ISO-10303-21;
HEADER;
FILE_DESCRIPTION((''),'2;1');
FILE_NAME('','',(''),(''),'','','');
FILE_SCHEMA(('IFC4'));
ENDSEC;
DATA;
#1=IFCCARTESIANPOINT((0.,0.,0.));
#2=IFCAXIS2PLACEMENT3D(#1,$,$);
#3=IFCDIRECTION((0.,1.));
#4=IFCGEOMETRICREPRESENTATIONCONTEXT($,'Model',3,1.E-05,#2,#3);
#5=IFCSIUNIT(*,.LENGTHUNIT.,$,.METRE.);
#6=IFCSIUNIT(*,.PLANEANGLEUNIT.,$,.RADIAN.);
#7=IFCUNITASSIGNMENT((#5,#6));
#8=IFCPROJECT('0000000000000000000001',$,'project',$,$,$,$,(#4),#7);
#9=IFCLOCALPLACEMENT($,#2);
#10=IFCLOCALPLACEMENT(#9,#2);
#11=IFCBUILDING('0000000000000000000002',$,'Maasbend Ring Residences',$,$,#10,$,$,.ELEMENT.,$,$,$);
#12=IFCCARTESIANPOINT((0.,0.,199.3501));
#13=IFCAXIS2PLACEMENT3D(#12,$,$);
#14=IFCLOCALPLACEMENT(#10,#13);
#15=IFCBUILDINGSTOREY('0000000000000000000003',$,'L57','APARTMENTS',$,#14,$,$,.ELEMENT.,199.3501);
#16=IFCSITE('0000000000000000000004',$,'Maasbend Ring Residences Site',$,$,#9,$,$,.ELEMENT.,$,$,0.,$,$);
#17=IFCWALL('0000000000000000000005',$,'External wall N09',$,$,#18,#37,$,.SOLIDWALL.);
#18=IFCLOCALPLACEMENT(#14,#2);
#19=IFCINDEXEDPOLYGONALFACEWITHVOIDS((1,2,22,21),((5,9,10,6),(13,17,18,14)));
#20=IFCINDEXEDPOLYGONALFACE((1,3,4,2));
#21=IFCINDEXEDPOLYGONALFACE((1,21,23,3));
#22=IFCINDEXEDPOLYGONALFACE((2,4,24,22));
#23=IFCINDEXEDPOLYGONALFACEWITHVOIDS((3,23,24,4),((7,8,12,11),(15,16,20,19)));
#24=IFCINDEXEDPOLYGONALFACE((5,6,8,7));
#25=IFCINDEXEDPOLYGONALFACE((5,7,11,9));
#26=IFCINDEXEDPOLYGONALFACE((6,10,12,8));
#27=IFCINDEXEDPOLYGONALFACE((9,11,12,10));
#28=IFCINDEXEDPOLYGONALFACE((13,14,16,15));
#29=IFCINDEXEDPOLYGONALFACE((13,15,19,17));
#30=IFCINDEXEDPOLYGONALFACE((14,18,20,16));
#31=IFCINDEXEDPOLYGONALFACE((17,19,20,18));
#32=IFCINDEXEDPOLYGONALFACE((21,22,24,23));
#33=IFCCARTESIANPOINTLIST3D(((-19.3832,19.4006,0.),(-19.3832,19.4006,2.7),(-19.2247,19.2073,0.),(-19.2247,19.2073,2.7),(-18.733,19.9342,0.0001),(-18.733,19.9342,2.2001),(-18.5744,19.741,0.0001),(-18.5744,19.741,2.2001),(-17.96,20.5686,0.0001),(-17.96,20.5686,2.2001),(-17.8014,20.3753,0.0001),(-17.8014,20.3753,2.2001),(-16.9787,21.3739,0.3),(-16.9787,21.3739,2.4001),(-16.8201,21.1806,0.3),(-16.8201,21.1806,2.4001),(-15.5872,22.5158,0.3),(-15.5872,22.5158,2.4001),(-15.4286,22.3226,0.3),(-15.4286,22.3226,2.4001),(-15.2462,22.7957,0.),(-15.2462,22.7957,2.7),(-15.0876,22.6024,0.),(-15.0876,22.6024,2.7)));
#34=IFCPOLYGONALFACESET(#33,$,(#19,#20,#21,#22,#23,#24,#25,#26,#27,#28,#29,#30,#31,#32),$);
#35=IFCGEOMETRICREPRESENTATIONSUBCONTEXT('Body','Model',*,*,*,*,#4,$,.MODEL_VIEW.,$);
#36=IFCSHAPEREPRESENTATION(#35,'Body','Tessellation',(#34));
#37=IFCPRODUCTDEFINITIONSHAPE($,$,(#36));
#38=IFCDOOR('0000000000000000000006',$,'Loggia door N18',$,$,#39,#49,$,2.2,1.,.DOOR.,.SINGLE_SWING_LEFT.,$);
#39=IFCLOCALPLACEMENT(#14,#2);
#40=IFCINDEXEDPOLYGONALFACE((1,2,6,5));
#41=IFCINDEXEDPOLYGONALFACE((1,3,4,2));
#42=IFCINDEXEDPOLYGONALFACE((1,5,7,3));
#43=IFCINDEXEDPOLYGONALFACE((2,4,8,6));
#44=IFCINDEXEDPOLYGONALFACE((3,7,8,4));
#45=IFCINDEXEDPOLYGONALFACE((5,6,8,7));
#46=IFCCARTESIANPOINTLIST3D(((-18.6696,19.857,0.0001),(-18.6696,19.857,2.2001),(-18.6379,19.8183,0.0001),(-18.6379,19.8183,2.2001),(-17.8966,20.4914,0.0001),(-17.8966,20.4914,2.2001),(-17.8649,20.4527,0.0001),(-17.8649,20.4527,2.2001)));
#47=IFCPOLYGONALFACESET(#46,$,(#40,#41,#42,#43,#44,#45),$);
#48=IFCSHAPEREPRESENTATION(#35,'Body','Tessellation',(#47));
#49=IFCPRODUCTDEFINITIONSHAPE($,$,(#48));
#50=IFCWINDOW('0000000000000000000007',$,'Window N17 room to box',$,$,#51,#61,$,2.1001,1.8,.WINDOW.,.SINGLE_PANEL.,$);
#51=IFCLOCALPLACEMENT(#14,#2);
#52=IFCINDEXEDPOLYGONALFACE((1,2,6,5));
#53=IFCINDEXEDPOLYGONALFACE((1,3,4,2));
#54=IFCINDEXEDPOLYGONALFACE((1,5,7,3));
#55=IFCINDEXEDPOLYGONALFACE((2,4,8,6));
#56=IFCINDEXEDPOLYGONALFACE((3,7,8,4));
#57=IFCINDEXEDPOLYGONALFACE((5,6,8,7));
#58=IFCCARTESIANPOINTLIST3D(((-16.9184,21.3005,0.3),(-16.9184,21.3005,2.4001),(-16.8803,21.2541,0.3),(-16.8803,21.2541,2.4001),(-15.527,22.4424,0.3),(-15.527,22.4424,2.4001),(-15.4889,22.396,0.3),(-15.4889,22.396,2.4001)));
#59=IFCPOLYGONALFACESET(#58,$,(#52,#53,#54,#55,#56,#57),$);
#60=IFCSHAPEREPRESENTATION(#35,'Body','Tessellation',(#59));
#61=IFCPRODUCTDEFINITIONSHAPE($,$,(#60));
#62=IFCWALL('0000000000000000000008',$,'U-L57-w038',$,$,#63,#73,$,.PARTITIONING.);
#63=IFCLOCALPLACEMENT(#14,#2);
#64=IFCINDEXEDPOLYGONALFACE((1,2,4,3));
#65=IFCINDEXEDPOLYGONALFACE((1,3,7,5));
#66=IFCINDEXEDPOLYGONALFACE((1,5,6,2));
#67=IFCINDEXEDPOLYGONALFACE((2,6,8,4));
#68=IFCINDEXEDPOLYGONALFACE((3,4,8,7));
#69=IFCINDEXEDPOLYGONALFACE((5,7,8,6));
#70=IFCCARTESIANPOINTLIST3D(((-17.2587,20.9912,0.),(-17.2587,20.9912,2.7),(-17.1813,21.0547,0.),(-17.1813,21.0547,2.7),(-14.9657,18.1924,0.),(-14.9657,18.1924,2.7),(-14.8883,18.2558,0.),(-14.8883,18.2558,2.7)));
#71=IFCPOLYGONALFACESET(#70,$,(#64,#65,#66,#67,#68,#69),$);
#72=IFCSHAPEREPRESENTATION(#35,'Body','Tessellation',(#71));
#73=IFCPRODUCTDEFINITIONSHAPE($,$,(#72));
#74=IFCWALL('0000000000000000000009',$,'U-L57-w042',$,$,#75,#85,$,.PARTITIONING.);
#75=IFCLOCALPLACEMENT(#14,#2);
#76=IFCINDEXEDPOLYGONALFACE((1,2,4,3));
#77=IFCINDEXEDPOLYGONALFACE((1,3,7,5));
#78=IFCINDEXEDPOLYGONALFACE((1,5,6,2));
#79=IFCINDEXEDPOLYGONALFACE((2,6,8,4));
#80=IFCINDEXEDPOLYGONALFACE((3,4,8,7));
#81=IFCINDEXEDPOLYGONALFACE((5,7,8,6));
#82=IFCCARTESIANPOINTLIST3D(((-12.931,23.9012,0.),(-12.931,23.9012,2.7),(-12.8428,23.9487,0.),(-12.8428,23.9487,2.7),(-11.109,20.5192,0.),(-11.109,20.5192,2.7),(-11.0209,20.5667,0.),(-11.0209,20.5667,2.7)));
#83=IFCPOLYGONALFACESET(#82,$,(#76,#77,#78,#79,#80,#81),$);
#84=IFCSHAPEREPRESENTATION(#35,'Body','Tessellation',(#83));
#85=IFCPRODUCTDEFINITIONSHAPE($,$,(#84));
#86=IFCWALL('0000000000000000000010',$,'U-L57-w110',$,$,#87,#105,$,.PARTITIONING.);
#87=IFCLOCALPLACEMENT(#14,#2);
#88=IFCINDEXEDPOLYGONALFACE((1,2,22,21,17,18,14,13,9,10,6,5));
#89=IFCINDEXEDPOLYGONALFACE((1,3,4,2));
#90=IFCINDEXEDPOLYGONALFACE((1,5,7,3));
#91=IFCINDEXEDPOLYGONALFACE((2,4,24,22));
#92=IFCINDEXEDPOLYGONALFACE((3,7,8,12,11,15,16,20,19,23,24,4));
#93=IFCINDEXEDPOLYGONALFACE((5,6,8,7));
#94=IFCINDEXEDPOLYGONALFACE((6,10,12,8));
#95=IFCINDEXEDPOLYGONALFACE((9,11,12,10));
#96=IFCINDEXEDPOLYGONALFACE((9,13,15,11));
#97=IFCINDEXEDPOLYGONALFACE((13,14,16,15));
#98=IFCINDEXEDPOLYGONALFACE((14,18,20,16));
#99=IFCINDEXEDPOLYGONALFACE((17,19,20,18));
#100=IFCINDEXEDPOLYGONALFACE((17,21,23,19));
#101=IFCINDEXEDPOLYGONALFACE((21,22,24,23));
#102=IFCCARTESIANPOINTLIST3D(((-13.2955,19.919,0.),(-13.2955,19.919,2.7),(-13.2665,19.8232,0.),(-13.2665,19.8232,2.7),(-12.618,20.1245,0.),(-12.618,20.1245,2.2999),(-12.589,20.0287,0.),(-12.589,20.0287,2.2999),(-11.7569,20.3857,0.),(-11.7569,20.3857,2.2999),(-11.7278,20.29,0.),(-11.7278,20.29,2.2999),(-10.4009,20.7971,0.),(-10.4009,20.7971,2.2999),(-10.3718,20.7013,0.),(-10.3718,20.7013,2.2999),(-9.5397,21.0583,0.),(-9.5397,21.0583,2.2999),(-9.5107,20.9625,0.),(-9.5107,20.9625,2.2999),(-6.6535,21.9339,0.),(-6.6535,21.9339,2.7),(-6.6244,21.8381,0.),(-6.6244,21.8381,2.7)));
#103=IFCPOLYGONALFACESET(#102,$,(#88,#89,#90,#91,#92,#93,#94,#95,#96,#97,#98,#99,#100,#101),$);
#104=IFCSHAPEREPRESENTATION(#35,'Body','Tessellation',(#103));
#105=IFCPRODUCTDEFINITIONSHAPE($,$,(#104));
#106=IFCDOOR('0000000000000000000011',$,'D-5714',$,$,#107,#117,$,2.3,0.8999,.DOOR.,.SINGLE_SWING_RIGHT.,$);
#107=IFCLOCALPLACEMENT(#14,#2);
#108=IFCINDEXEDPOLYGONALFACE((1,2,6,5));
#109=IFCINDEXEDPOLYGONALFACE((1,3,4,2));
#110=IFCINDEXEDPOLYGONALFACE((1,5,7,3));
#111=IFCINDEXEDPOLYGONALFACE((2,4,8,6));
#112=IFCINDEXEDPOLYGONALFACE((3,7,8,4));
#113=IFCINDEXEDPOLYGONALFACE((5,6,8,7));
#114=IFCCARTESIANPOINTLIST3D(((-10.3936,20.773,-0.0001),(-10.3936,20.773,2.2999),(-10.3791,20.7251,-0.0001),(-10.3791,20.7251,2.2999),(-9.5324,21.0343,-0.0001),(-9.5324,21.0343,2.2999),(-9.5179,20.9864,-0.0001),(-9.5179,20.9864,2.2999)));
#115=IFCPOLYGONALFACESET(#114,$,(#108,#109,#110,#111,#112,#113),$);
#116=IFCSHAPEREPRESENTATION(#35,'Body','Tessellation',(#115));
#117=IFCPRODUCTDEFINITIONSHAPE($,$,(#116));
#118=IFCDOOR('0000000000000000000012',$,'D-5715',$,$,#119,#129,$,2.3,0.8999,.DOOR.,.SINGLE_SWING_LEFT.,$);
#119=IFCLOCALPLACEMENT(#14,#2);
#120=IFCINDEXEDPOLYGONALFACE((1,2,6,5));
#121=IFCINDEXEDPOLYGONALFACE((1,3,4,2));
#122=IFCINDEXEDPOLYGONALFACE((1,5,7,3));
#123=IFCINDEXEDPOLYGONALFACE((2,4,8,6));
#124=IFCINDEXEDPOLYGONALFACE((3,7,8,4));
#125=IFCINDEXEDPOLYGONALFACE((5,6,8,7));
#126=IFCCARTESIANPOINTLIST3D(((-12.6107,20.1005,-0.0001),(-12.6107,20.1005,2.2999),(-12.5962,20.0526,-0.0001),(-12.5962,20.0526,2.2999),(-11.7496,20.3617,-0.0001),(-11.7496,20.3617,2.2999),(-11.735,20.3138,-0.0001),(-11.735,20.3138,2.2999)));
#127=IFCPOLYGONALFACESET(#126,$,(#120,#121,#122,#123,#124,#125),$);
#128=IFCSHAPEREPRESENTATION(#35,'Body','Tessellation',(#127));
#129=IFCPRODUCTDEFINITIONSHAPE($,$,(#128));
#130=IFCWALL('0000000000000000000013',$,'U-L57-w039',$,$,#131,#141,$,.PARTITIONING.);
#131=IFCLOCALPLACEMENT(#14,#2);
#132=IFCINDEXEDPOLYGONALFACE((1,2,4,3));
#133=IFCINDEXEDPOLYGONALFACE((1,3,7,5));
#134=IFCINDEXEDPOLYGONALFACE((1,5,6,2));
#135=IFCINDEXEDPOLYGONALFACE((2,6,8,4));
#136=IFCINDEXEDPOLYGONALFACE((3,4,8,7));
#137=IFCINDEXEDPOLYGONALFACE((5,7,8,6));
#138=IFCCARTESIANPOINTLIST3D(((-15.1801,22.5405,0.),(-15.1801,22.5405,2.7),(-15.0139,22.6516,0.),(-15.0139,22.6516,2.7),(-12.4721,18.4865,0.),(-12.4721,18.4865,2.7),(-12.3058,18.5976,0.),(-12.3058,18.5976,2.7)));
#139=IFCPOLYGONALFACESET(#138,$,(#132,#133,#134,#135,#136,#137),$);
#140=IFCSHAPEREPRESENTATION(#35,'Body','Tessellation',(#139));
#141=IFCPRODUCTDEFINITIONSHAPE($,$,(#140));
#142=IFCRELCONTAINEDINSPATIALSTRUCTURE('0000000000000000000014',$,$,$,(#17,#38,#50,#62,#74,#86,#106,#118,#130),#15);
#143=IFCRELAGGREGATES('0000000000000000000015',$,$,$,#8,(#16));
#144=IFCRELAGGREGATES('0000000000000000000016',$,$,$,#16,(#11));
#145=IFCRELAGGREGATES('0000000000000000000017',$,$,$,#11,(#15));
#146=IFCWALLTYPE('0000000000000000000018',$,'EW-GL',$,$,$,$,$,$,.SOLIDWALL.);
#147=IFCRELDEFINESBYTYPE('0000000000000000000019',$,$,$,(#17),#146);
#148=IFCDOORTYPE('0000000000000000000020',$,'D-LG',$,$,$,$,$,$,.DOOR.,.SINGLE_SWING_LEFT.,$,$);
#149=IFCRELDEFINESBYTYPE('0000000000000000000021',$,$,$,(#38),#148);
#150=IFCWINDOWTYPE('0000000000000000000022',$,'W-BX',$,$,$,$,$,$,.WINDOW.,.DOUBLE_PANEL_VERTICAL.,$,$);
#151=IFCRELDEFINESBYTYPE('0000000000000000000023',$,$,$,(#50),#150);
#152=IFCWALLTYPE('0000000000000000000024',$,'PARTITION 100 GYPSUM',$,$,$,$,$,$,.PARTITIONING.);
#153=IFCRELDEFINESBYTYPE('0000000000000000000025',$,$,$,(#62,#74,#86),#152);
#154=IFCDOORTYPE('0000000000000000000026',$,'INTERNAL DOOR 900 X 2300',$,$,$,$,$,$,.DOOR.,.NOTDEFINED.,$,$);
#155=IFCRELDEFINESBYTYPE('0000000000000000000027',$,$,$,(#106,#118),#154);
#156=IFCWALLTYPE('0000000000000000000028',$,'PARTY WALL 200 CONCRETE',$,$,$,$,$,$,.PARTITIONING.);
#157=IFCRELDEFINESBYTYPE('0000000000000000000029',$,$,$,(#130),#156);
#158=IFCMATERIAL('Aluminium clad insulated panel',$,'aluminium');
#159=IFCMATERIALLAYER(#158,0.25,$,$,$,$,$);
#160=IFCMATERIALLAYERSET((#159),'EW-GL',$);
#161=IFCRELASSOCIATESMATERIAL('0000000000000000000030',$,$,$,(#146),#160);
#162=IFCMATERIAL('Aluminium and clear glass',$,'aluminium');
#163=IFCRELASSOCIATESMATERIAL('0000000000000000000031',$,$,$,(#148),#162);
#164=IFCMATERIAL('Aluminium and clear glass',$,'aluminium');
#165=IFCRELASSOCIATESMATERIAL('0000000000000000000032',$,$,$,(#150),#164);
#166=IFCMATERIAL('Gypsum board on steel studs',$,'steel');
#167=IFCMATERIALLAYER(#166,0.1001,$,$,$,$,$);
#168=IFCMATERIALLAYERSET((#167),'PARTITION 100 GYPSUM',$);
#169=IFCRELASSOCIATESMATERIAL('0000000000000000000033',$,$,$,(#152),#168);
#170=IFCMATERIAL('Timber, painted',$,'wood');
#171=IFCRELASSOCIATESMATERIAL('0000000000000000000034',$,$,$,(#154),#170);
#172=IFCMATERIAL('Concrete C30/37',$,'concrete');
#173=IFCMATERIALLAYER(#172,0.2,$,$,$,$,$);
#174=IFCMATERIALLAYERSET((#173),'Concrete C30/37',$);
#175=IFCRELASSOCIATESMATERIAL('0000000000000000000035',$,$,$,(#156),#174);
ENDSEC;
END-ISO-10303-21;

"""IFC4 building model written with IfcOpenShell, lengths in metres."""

from ifc_helpers import new_model, si_unit, direction, frame, frame_2d, origin, place, context, subcontext, project, spatial, rectangle, extrude, material, layer, layer_set, type_object, element, fill, save


model = new_model("IFC4")

# Units and contexts
model_context = context("Model", 3, precision=1e-05, world=origin(), true_north=direction((0.0, 1.0)))
body_context = subcontext(model_context, "Body", "Model", "MODEL_VIEW")
ifc_project = project(units=[si_unit("LENGTHUNIT", "METRE"), si_unit("PLANEANGLEUNIT", "RADIAN")], contexts=[model_context])

# Site, building, storey
site_placement = place(None, origin())
site = spatial("IfcSite", under=ifc_project, at=site_placement, Name="Maasbend Ring Residences Site", CompositionType="ELEMENT", RefElevation=0.0)
building_placement = place(site_placement, origin())
building = spatial("IfcBuilding", under=site, at=building_placement, Name="Maasbend Ring Residences", CompositionType="ELEMENT")
storey_placement = place(building_placement, frame((0.0, 0.0, 199.3501)))
storey = spatial("IfcBuildingStorey", under=building, at=storey_placement, Name="L57", Description="APARTMENTS", CompositionType="ELEMENT", Elevation=199.3501)

# Wall, openings, door, window
ifc_material_1 = material(Name="Aluminium clad insulated panel", Category="aluminium")
ifc_layer_1 = layer(ifc_material_1, 0.25)
ifc_layer_set_1 = layer_set([ifc_layer_1], Name="EW-GL")
wall_type_1 = type_object("IfcWallType", Name="EW-GL", PredefinedType="SOLIDWALL", material=ifc_layer_set_1)
wall_1_placement = place(storey_placement, frame((-15.167, 22.699, 0.0), z_axis=(0.0, 0.0, 1.0), x_axis=(-0.773019, -0.634382, 0.0)))
wall_1 = element("IfcWall", 1, at=wall_1_placement, inside=storey, type_object=wall_type_1, Name="External wall N09", PredefinedType="SOLIDWALL", context=body_context, shape_type="SweptSolid", body=[
    extrude(rectangle(XDim=5.3518, YDim=0.25, at=frame_2d((2.6758, 0.0))), origin(), (0.0, 0.0, 1.0), 2.7),
])
opening_1_placement = place(wall_1_placement, frame((0.4412, 0.0, 0.3)))
opening_1 = element("IfcOpeningElement", 2, at=opening_1_placement, cuts=wall_1, PredefinedType="OPENING", context=body_context, shape_type="SweptSolid", body=[
    extrude(rectangle(XDim=1.8, YDim=2.1001, at=frame_2d((0.8999, 1.05))), frame((0.0, 0.135, 0.0), z_axis=(0.0, -1.0, 0.0), x_axis=(1.0, 0.0, 0.0)), (0.0, 0.0, 1.0), 0.27),
])
opening_2_placement = place(wall_1_placement, frame((3.5105, 0.0, 0.0)))
opening_2 = element("IfcOpeningElement", 3, at=opening_2_placement, cuts=wall_1, PredefinedType="OPENING", context=body_context, shape_type="SweptSolid", body=[
    extrude(rectangle(XDim=1.0, YDim=2.2, at=frame_2d((0.5, 1.1001))), frame((0.0, 0.135, 0.0), z_axis=(0.0, -1.0, 0.0), x_axis=(1.0, 0.0, 0.0)), (0.0, 0.0, 1.0), 0.27),
])
ifc_material_2 = material(Name="Aluminium and clear glass", Category="aluminium")
door_type_1 = type_object("IfcDoorType", Name="D-LG", OperationType="SINGLE_SWING_LEFT", PredefinedType="DOOR", material=ifc_material_2)
door_1_placement = place(opening_2_placement, origin())
door_1 = element("IfcDoor", 4, at=door_1_placement, inside=storey, type_object=door_type_1, Name="Loggia door N18", OperationType="SINGLE_SWING_LEFT", OverallHeight=2.2, OverallWidth=1.0, PredefinedType="DOOR", context=body_context, shape_type="SweptSolid", body=[
    extrude(rectangle(XDim=1.0, YDim=2.2, at=frame_2d((0.5, 1.1001))), frame((0.0, 0.0249, 0.0), z_axis=(0.0, -1.0, 0.0), x_axis=(1.0, 0.0, 0.0)), (0.0, 0.0, 1.0), 0.05),
])
fill(opening_2, door_1)
ifc_material_3 = material(Name="Aluminium and clear glass", Category="aluminium")
window_type_1 = type_object("IfcWindowType", Name="W-BX", PartitioningType="DOUBLE_PANEL_VERTICAL", PredefinedType="WINDOW", material=ifc_material_3)
window_1_placement = place(opening_1_placement, origin())
window_1 = element("IfcWindow", 5, at=window_1_placement, inside=storey, type_object=window_type_1, Name="Window N17 room to box", OverallHeight=2.1001, OverallWidth=1.8, PartitioningType="SINGLE_PANEL", PredefinedType="WINDOW", context=body_context, shape_type="SweptSolid", body=[
    extrude(rectangle(XDim=1.8, YDim=2.1001, at=frame_2d((0.8999, 1.05))), frame((0.0, 0.03, 0.0), z_axis=(0.0, -1.0, 0.0), x_axis=(1.0, 0.0, 0.0)), (0.0, 0.0, 1.0), 0.0601),
])
fill(opening_1, window_1)

# Walls
ifc_material_4 = material(Name="Gypsum board on steel studs", Category="steel")
ifc_layer_2 = layer(ifc_material_4, 0.1001)
ifc_layer_set_2 = layer_set([ifc_layer_2], Name="PARTITION 100 GYPSUM")
wall_type_2 = type_object("IfcWallType", Name="PARTITION 100 GYPSUM", PredefinedType="PARTITIONING", material=ifc_layer_set_2)
wall_2_placement = place(storey_placement, frame((-17.22, 21.0229, 0.0), z_axis=(0.0, 0.0, 1.0), x_axis=(0.633737, -0.773548, 0.0)))
element("IfcWall", 6, at=wall_2_placement, inside=storey, type_object=wall_type_2, Name="U-L57-w038", PredefinedType="PARTITIONING", context=body_context, shape_type="SweptSolid", body=[
    extrude(rectangle(XDim=3.6182, YDim=0.1001, at=frame_2d((1.8091, 0.0))), origin(), (0.0, 0.0, 1.0), 2.7),
])
wall_3_placement = place(storey_placement, frame((-12.887, 23.925, 0.0), z_axis=(0.0, 0.0, 1.0), x_axis=(0.474282, -0.880373, 0.0)))
element("IfcWall", 7, at=wall_3_placement, inside=storey, type_object=wall_type_2, Name="U-L57-w042", PredefinedType="PARTITIONING", context=body_context, shape_type="SweptSolid", body=[
    extrude(rectangle(XDim=3.8416, YDim=0.1001, at=frame_2d((1.9209, 0.0))), origin(), (0.0, 0.0, 1.0), 2.7),
])

# Wall, openings, doors
wall_4_placement = place(storey_placement, frame((-13.281, 19.8711, 0.0), z_axis=(0.0, 0.0, 1.0), x_axis=(0.956939, 0.29029, 0.0)))
wall_4 = element("IfcWall", 8, at=wall_4_placement, inside=storey, type_object=wall_type_2, Name="U-L57-w110", PredefinedType="PARTITIONING", context=body_context, shape_type="SweptSolid", body=[
    extrude(rectangle(XDim=6.9409, YDim=0.1001, at=frame_2d((3.4705, 0.0))), origin(), (0.0, 0.0, 1.0), 2.7),
])
opening_3_placement = place(wall_4_placement, frame((3.0249, 0.0, 0.0)))
opening_3 = element("IfcOpeningElement", 9, at=opening_3_placement, cuts=wall_4, PredefinedType="OPENING", context=body_context, shape_type="SweptSolid", body=[
    extrude(rectangle(XDim=0.8999, YDim=2.3, at=frame_2d((0.45, 1.1499))), frame((0.0, 0.0601, 0.0), z_axis=(0.0, -1.0, 0.0), x_axis=(1.0, 0.0, 0.0)), (0.0, 0.0, 1.0), 0.1201),
])
opening_4_placement = place(wall_4_placement, frame((0.708, 0.0, 0.0)))
opening_4 = element("IfcOpeningElement", 10, at=opening_4_placement, cuts=wall_4, PredefinedType="OPENING", context=body_context, shape_type="SweptSolid", body=[
    extrude(rectangle(XDim=0.8999, YDim=2.3, at=frame_2d((0.45, 1.1499))), frame((0.0, 0.0601, 0.0), z_axis=(0.0, -1.0, 0.0), x_axis=(1.0, 0.0, 0.0)), (0.0, 0.0, 1.0), 0.1201),
])
ifc_material_5 = material(Name="Timber, painted", Category="wood")
door_type_2 = type_object("IfcDoorType", Name="INTERNAL DOOR 900 X 2300", OperationType="NOTDEFINED", PredefinedType="DOOR", material=ifc_material_5)
door_2_placement = place(opening_3_placement, origin())
door_2 = element("IfcDoor", 11, at=door_2_placement, inside=storey, type_object=door_type_2, Name="D-5714", OperationType="SINGLE_SWING_RIGHT", OverallHeight=2.3, OverallWidth=0.8999, PredefinedType="DOOR", context=body_context, shape_type="SweptSolid", body=[
    extrude(rectangle(XDim=0.8999, YDim=2.3, at=frame_2d((0.45, 1.1499))), frame((0.0, 0.0249, 0.0), z_axis=(0.0, -1.0, 0.0), x_axis=(1.0, 0.0, 0.0)), (0.0, 0.0, 1.0), 0.05),
])
fill(opening_3, door_2)
door_3_placement = place(opening_4_placement, origin())
door_3 = element("IfcDoor", 12, at=door_3_placement, inside=storey, type_object=door_type_2, Name="D-5715", OperationType="SINGLE_SWING_LEFT", OverallHeight=2.3, OverallWidth=0.8999, PredefinedType="DOOR", context=body_context, shape_type="SweptSolid", body=[
    extrude(rectangle(XDim=0.8999, YDim=2.3, at=frame_2d((0.45, 1.1499))), frame((0.0, 0.0249, 0.0), z_axis=(0.0, -1.0, 0.0), x_axis=(1.0, 0.0, 0.0)), (0.0, 0.0, 1.0), 0.05),
])
fill(opening_4, door_3)

# Wall
ifc_material_6 = material(Name="Concrete C30/37", Category="concrete")
ifc_layer_3 = layer(ifc_material_6, 0.2)
ifc_layer_set_3 = layer_set([ifc_layer_3], Name="Concrete C30/37")
wall_type_3 = type_object("IfcWallType", Name="PARTY WALL 200 CONCRETE", PredefinedType="PARTITIONING", material=ifc_layer_set_3)
wall_5_placement = place(storey_placement, frame((-15.0969, 22.5959, 0.0), z_axis=(0.0, 0.0, 1.0), x_axis=(0.555463, -0.831541, 0.0)))
element("IfcWall", 13, at=wall_5_placement, inside=storey, type_object=wall_type_3, Name="U-L57-w039", PredefinedType="PARTITIONING", context=body_context, shape_type="SweptSolid", body=[
    extrude(rectangle(XDim=4.8752, YDim=0.2, at=frame_2d((2.4375, 0.0))), origin(), (0.0, 0.0, 1.0), 2.7),
])

save(model, "model.ifc")
